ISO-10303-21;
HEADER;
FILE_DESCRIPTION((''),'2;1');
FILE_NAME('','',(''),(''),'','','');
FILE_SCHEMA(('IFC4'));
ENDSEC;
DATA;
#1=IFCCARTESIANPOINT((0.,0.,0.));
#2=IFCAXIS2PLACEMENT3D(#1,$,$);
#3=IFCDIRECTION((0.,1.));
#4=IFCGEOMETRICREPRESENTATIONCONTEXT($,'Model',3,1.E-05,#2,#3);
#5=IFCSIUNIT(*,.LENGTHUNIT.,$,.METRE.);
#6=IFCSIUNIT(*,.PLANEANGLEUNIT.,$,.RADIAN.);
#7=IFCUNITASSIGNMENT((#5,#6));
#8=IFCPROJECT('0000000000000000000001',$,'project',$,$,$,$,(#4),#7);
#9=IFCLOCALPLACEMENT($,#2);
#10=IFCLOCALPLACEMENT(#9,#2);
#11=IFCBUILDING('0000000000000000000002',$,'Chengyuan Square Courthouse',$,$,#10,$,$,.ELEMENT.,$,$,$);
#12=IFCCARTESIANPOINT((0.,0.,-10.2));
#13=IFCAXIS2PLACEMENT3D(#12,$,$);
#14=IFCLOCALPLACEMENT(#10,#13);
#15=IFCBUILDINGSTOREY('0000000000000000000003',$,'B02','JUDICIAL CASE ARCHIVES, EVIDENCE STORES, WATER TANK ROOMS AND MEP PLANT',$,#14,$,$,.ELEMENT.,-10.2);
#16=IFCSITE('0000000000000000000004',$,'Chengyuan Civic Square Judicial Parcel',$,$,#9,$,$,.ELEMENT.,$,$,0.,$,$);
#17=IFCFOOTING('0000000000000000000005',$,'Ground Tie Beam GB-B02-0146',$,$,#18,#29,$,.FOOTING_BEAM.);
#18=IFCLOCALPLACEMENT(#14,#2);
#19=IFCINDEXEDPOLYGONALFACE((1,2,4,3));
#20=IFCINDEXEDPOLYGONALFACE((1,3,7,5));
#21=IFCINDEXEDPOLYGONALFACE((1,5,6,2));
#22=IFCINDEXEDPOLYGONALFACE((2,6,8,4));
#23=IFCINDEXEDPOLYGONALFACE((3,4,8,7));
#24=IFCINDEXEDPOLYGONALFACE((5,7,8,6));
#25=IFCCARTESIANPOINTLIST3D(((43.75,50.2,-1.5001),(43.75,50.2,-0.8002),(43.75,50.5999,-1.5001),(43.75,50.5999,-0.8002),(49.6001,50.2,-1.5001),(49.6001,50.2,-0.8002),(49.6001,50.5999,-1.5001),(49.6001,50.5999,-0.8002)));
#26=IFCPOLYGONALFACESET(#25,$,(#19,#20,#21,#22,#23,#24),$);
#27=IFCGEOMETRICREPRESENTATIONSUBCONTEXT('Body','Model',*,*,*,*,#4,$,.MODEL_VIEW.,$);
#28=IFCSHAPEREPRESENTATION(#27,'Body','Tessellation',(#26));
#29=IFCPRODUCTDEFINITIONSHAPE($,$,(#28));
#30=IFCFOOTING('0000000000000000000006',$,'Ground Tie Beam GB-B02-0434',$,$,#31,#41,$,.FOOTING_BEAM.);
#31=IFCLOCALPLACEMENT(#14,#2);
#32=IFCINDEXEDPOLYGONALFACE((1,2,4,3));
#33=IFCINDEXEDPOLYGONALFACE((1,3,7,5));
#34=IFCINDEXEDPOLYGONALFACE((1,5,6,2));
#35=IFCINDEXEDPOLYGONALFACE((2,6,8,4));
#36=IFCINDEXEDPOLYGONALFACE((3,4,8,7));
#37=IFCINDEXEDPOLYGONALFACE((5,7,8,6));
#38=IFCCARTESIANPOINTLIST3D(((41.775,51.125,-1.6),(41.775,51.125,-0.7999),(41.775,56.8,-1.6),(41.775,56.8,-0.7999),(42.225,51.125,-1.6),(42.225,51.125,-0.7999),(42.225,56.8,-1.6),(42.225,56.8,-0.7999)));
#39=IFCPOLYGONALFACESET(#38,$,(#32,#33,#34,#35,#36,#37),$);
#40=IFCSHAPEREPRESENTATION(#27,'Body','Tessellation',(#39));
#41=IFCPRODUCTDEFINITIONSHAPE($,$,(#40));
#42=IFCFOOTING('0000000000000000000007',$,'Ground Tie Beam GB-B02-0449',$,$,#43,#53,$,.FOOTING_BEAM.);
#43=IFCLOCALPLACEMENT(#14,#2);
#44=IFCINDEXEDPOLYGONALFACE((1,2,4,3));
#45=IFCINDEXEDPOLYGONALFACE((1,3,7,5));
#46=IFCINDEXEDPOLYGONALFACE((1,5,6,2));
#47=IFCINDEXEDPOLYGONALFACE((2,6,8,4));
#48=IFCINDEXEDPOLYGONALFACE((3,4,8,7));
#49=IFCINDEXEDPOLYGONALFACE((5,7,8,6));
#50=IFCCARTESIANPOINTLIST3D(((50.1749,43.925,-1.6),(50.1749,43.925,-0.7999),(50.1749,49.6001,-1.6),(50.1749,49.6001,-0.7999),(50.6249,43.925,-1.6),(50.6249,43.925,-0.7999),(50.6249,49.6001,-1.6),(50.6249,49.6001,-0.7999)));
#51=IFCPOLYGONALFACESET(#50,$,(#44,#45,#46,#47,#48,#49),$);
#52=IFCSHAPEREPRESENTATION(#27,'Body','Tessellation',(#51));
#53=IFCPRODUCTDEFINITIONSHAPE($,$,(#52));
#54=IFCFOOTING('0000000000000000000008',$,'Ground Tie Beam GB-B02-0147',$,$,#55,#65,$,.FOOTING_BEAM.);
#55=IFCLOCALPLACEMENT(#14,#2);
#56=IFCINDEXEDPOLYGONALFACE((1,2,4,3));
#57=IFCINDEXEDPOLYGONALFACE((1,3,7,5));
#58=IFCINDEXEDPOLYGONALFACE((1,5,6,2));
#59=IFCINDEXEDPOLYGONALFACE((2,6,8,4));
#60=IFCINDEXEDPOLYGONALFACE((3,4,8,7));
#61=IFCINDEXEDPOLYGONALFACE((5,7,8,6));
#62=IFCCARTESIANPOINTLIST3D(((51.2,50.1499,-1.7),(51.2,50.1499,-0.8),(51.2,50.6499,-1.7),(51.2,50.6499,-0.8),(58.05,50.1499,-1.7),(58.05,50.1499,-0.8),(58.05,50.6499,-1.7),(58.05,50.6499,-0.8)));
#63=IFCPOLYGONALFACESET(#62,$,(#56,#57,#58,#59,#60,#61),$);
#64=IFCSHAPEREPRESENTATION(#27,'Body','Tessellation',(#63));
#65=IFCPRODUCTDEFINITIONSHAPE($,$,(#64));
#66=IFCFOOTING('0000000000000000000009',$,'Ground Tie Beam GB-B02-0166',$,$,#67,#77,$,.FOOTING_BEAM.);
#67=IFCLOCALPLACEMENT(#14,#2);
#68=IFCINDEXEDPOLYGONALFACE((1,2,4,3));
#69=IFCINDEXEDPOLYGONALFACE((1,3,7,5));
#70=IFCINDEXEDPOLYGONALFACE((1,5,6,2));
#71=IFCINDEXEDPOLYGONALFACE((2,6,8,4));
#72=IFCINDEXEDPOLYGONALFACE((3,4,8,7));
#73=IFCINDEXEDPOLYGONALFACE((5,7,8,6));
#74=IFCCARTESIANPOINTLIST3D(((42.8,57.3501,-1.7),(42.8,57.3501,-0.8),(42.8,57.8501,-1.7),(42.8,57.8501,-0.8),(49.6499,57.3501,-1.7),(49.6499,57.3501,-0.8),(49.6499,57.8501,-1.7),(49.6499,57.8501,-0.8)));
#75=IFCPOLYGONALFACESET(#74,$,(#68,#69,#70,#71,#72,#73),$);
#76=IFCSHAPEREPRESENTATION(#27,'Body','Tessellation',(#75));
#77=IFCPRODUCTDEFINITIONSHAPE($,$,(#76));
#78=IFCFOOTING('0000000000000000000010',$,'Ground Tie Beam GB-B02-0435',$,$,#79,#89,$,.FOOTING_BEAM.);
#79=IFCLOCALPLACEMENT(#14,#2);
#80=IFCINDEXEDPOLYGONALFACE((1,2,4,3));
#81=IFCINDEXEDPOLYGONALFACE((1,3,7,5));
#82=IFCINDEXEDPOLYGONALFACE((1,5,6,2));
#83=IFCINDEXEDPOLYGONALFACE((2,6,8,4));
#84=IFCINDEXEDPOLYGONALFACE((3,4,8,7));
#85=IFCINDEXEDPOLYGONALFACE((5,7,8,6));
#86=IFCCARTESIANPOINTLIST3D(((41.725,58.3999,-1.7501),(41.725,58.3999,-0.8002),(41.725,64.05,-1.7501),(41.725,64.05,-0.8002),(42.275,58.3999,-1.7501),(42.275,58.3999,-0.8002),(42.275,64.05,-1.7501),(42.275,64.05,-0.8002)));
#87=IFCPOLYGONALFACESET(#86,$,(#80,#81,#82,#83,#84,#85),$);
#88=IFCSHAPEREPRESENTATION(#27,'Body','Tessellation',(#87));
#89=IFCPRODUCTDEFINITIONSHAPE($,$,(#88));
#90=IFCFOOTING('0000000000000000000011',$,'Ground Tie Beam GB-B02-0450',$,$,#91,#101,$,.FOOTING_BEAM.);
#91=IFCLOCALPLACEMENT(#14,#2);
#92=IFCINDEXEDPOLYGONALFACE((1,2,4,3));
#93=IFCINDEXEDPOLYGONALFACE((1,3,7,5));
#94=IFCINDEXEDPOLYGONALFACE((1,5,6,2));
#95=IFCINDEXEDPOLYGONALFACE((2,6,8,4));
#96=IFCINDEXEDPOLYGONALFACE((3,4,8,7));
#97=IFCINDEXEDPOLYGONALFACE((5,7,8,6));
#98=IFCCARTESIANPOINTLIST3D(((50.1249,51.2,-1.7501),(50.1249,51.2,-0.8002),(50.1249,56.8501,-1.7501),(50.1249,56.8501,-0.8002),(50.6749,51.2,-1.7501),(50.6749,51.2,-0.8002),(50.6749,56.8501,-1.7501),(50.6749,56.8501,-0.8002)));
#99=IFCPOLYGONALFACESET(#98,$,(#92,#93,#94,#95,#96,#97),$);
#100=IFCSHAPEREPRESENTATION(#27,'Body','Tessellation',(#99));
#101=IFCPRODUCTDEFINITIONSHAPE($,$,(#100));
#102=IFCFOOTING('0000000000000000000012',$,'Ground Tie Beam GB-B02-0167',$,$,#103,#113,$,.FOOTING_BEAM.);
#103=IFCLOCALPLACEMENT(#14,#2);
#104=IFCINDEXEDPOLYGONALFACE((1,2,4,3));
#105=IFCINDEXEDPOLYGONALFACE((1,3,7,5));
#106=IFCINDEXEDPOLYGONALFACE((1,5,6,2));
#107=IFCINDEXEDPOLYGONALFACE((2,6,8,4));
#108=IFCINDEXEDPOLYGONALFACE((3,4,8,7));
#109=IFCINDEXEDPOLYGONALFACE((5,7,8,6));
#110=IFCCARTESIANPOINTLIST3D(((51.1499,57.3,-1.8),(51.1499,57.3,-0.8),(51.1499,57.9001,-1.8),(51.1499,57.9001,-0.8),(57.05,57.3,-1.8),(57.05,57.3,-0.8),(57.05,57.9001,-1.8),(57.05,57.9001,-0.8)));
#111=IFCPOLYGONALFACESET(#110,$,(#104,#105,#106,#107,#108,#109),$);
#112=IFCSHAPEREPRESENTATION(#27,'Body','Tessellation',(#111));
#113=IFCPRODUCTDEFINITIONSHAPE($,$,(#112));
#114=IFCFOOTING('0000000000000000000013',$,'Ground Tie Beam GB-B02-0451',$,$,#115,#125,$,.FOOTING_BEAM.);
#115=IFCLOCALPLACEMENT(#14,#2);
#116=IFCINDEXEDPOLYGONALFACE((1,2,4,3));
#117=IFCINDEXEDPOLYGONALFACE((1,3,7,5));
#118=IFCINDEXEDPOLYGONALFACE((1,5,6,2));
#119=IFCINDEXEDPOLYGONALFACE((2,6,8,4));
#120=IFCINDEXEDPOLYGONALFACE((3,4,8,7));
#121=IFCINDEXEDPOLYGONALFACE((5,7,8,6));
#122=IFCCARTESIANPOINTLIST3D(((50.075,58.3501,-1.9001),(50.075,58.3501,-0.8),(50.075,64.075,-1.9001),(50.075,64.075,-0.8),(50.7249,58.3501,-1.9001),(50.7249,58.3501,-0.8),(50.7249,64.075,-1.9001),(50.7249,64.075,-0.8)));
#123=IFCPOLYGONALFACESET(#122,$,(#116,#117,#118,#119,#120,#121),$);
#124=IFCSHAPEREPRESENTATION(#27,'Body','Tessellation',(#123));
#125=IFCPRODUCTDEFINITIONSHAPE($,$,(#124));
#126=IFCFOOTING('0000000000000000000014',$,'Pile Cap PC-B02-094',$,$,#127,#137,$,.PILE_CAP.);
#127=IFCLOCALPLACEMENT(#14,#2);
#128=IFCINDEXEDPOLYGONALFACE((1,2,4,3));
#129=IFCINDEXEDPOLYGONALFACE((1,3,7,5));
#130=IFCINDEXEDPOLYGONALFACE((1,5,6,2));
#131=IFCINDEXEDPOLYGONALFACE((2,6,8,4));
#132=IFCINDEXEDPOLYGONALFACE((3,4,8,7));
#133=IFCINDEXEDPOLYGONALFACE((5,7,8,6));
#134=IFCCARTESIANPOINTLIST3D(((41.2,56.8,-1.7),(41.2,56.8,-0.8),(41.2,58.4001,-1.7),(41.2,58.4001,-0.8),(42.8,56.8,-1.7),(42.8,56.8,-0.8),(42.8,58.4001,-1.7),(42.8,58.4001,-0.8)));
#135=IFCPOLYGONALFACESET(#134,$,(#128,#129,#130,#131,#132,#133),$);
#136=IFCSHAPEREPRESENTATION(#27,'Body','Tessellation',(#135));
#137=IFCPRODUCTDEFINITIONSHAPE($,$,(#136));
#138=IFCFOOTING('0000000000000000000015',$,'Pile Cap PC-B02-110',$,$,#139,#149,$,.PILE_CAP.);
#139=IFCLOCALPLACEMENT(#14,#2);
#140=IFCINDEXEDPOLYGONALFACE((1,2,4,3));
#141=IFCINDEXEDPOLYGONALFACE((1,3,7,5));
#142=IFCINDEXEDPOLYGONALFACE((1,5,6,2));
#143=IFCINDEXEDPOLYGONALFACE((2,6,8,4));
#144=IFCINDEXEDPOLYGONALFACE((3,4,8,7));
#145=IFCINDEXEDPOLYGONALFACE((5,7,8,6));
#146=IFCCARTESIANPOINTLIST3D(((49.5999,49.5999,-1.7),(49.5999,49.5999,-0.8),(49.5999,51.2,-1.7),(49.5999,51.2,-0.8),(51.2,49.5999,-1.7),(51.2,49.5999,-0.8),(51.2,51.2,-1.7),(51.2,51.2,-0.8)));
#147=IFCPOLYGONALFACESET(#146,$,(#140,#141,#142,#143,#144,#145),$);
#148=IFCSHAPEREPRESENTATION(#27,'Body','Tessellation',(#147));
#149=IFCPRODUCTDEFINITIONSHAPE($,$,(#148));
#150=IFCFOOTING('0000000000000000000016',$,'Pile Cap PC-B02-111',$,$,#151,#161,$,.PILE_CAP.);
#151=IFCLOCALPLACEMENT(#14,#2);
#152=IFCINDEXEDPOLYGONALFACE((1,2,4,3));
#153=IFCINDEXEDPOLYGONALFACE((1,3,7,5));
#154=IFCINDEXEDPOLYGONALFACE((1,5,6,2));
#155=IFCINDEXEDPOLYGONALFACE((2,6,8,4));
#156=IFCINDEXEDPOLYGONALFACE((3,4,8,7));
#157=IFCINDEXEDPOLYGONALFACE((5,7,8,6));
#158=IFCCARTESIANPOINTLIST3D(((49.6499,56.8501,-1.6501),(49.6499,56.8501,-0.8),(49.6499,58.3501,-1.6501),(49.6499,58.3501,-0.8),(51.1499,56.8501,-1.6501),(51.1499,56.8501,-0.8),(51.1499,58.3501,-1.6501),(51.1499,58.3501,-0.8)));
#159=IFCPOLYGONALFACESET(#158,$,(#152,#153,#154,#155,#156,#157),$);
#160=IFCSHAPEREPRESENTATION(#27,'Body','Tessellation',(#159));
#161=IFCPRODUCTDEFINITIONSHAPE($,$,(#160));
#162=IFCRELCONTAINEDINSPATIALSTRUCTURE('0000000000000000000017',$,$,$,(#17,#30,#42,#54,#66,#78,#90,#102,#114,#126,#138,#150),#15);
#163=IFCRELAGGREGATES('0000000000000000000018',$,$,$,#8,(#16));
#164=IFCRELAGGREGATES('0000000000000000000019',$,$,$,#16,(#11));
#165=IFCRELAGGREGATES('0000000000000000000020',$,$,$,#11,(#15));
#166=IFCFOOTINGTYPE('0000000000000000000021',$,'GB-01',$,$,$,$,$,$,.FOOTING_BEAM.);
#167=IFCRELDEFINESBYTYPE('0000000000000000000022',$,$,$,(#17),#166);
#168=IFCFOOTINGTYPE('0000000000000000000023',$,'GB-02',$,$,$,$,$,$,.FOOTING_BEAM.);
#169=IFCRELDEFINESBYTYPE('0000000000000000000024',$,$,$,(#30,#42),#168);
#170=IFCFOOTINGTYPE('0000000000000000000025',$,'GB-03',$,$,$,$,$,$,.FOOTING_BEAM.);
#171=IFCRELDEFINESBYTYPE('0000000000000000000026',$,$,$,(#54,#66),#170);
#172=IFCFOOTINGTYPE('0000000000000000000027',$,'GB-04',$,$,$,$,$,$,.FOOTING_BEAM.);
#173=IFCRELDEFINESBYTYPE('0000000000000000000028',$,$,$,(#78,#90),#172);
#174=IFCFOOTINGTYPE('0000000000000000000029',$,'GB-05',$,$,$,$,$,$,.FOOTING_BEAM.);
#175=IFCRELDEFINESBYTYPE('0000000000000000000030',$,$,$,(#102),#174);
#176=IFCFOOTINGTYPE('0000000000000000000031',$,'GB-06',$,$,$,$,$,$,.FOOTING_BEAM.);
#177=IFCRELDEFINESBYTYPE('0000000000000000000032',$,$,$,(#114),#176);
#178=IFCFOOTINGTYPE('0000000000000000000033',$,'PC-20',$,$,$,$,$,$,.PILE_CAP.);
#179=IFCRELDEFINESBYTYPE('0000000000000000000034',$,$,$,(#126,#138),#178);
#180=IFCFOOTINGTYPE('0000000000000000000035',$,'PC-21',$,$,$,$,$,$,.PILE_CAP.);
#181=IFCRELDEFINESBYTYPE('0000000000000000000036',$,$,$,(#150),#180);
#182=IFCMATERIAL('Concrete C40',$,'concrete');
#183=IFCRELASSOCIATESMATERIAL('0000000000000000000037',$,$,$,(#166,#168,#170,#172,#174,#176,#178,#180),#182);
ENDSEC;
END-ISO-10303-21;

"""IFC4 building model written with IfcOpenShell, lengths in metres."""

from ifc_helpers import new_model, si_unit, direction, frame, origin, origin_2d, place, context, subcontext, project, spatial, rectangle, extrude, material, material_profile, profile_set, type_object, element, save


model = new_model("IFC4")

# Units and contexts
model_context = context("Model", 3, precision=1e-05, world=origin(), true_north=direction((0.0, 1.0)))
body_context = subcontext(model_context, "Body", "Model", "MODEL_VIEW")
ifc_project = project(units=[si_unit("LENGTHUNIT", "METRE"), si_unit("PLANEANGLEUNIT", "RADIAN")], contexts=[model_context])

# Site, building, storey
site_placement = place(None, origin())
site = spatial("IfcSite", under=ifc_project, at=site_placement, Name="Chengyuan Civic Square Judicial Parcel", CompositionType="ELEMENT", RefElevation=0.0)
building_placement = place(site_placement, origin())
building = spatial("IfcBuilding", under=site, at=building_placement, Name="Chengyuan Square Courthouse", CompositionType="ELEMENT")
storey_placement = place(building_placement, frame((0.0, 0.0, -10.2)))
storey = spatial("IfcBuildingStorey", under=building, at=storey_placement, Name="B02", Description="JUDICIAL CASE ARCHIVES, EVIDENCE STORES, WATER TANK ROOMS AND MEP PLANT", CompositionType="ELEMENT", Elevation=-10.2)

# Footings
ifc_material_1 = material(Name="Concrete C40", Category="concrete")
ifc_material_profile_1 = material_profile(ifc_material_1, rectangle(XDim=0.3999, YDim=0.7, at=origin_2d()), Name="GB-400x700")
ifc_profile_set_1 = profile_set([ifc_material_profile_1], Name="Concrete C40")
footing_type_1 = type_object("IfcFootingType", Name="GB-01", PredefinedType="FOOTING_BEAM", material=ifc_profile_set_1)
footing_1_placement = place(storey_placement, frame((43.75, 50.3999, -1.1501), z_axis=(1.0, 0.0, 0.0), x_axis=(0.0, 1.0, 0.0)))
element("IfcFooting", 1, at=footing_1_placement, inside=storey, type_object=footing_type_1, Name="Ground Tie Beam GB-B02-0146", PredefinedType="FOOTING_BEAM", context=body_context, shape_type="SweptSolid", body=[
    extrude(rectangle(XDim=0.3999, YDim=0.7, at=origin_2d()), origin(), (0.0, 0.0, 1.0), 5.8501),
])
ifc_material_profile_2 = material_profile(ifc_material_1, rectangle(XDim=0.45, YDim=0.8, at=origin_2d()), Name="GB-450x800")
ifc_profile_set_2 = profile_set([ifc_material_profile_2], Name="Concrete C40")
footing_type_2 = type_object("IfcFootingType", Name="GB-02", PredefinedType="FOOTING_BEAM", material=ifc_profile_set_2)
for number, where, z_axis, x_axis, name in (
    (2, (42.0, 51.125, -1.2), (0.0, 1.0, 0.0), (-1.0, 0.0, 0.0), "Ground Tie Beam GB-B02-0434"),
    (3, (50.3999, 43.925, -1.2), (0.0, 1.0, 0.0), (-1.0, 0.0, 0.0), "Ground Tie Beam GB-B02-0449"),
):
    element("IfcFooting", number, at=place(storey_placement, frame(where, z_axis=z_axis, x_axis=x_axis)), inside=storey, type_object=footing_type_2, Name=name, PredefinedType="FOOTING_BEAM", context=body_context, shape_type="SweptSolid", body=[
        extrude(rectangle(XDim=0.45, YDim=0.8, at=origin_2d()), origin(), (0.0, 0.0, 1.0), 5.675),
    ])
ifc_material_profile_3 = material_profile(ifc_material_1, rectangle(XDim=0.5, YDim=0.8999, at=origin_2d()), Name="GB-500x900")
ifc_profile_set_3 = profile_set([ifc_material_profile_3], Name="Concrete C40")
footing_type_3 = type_object("IfcFootingType", Name="GB-03", PredefinedType="FOOTING_BEAM", material=ifc_profile_set_3)
footing_2_placement = place(storey_placement, frame((51.2, 50.3999, -1.25), z_axis=(1.0, 0.0, 0.0), x_axis=(0.0, 1.0, 0.0)))
element("IfcFooting", 4, at=footing_2_placement, inside=storey, type_object=footing_type_3, Name="Ground Tie Beam GB-B02-0147", PredefinedType="FOOTING_BEAM", context=body_context, shape_type="SweptSolid", body=[
    extrude(rectangle(XDim=0.5, YDim=0.8999, at=origin_2d()), origin(), (0.0, 0.0, 1.0), 6.8501),
])
footing_3_placement = place(storey_placement, frame((42.8, 57.6001, -1.25), z_axis=(1.0, 0.0, 0.0), x_axis=(0.0, 1.0, 0.0)))
element("IfcFooting", 5, at=footing_3_placement, inside=storey, type_object=footing_type_3, Name="Ground Tie Beam GB-B02-0166", PredefinedType="FOOTING_BEAM", context=body_context, shape_type="SweptSolid", body=[
    extrude(rectangle(XDim=0.5, YDim=0.8999, at=origin_2d()), origin(), (0.0, 0.0, 1.0), 6.8499),
])
ifc_material_profile_4 = material_profile(ifc_material_1, rectangle(XDim=0.55, YDim=0.95, at=origin_2d()), Name="GB-550x950")
ifc_profile_set_4 = profile_set([ifc_material_profile_4], Name="Concrete C40")
footing_type_4 = type_object("IfcFootingType", Name="GB-04", PredefinedType="FOOTING_BEAM", material=ifc_profile_set_4)
for number, where, z_axis, x_axis, name in (
    (6, (42.0, 58.3999, -1.2751), (0.0, 1.0, 0.0), (-1.0, 0.0, 0.0), "Ground Tie Beam GB-B02-0435"),
    (7, (50.3999, 51.2, -1.2751), (0.0, 1.0, 0.0), (-1.0, 0.0, 0.0), "Ground Tie Beam GB-B02-0450"),
):
    element("IfcFooting", number, at=place(storey_placement, frame(where, z_axis=z_axis, x_axis=x_axis)), inside=storey, type_object=footing_type_4, Name=name, PredefinedType="FOOTING_BEAM", context=body_context, shape_type="SweptSolid", body=[
        extrude(rectangle(XDim=0.55, YDim=0.95, at=origin_2d()), origin(), (0.0, 0.0, 1.0), 5.6501),
    ])
ifc_material_profile_5 = material_profile(ifc_material_1, rectangle(XDim=0.6001, YDim=1.0, at=origin_2d()), Name="GB-600x1000")
ifc_profile_set_5 = profile_set([ifc_material_profile_5], Name="Concrete C40")
footing_type_5 = type_object("IfcFootingType", Name="GB-05", PredefinedType="FOOTING_BEAM", material=ifc_profile_set_5)
footing_4_placement = place(storey_placement, frame((51.1499, 57.6001, -1.3), z_axis=(1.0, 0.0, 0.0), x_axis=(0.0, 1.0, 0.0)))
element("IfcFooting", 8, at=footing_4_placement, inside=storey, type_object=footing_type_5, Name="Ground Tie Beam GB-B02-0167", PredefinedType="FOOTING_BEAM", context=body_context, shape_type="SweptSolid", body=[
    extrude(rectangle(XDim=0.6001, YDim=1.0, at=origin_2d()), origin(), (0.0, 0.0, 1.0), 5.9001),
])
ifc_material_profile_6 = material_profile(ifc_material_1, rectangle(XDim=0.6499, YDim=1.1001, at=origin_2d()), Name="GB-650x1100")
ifc_profile_set_6 = profile_set([ifc_material_profile_6], Name="Concrete C40")
footing_type_6 = type_object("IfcFootingType", Name="GB-06", PredefinedType="FOOTING_BEAM", material=ifc_profile_set_6)
footing_5_placement = place(storey_placement, frame((50.3999, 58.3501, -1.3501), z_axis=(0.0, 1.0, 0.0), x_axis=(-1.0, 0.0, 0.0)))
element("IfcFooting", 9, at=footing_5_placement, inside=storey, type_object=footing_type_6, Name="Ground Tie Beam GB-B02-0451", PredefinedType="FOOTING_BEAM", context=body_context, shape_type="SweptSolid", body=[
    extrude(rectangle(XDim=0.6499, YDim=1.1001, at=origin_2d()), origin(), (0.0, 0.0, 1.0), 5.7249),
])
footing_type_7 = type_object("IfcFootingType", Name="PC-20", PredefinedType="PILE_CAP", material=ifc_material_1)
for number, where, z_axis, x_axis, name in (
    (10, (42.0, 57.6001, -1.7), (0.0, 0.0, 1.0), (1.0, 0.0, 0.0), "Pile Cap PC-B02-094"),
    (11, (50.3999, 50.3999, -1.7), (0.0, 0.0, 1.0), (1.0, 0.0, 0.0), "Pile Cap PC-B02-110"),
):
    element("IfcFooting", number, at=place(storey_placement, frame(where, z_axis=z_axis, x_axis=x_axis)), inside=storey, type_object=footing_type_7, Name=name, PredefinedType="PILE_CAP", context=body_context, shape_type="SweptSolid", body=[
        extrude(rectangle(XDim=1.6001, YDim=1.6001, at=origin_2d()), origin(), (0.0, 0.0, 1.0), 0.8999),
    ])
footing_type_8 = type_object("IfcFootingType", Name="PC-21", PredefinedType="PILE_CAP", material=ifc_material_1)
footing_6_placement = place(storey_placement, frame((50.3999, 57.6001, -1.6501), z_axis=(0.0, 0.0, 1.0), x_axis=(1.0, 0.0, 0.0)))
element("IfcFooting", 12, at=footing_6_placement, inside=storey, type_object=footing_type_8, Name="Pile Cap PC-B02-111", PredefinedType="PILE_CAP", context=body_context, shape_type="SweptSolid", body=[
    extrude(rectangle(XDim=1.5, YDim=1.5, at=origin_2d()), origin(), (0.0, 0.0, 1.0), 0.8501),
])

save(model, "model.ifc")
